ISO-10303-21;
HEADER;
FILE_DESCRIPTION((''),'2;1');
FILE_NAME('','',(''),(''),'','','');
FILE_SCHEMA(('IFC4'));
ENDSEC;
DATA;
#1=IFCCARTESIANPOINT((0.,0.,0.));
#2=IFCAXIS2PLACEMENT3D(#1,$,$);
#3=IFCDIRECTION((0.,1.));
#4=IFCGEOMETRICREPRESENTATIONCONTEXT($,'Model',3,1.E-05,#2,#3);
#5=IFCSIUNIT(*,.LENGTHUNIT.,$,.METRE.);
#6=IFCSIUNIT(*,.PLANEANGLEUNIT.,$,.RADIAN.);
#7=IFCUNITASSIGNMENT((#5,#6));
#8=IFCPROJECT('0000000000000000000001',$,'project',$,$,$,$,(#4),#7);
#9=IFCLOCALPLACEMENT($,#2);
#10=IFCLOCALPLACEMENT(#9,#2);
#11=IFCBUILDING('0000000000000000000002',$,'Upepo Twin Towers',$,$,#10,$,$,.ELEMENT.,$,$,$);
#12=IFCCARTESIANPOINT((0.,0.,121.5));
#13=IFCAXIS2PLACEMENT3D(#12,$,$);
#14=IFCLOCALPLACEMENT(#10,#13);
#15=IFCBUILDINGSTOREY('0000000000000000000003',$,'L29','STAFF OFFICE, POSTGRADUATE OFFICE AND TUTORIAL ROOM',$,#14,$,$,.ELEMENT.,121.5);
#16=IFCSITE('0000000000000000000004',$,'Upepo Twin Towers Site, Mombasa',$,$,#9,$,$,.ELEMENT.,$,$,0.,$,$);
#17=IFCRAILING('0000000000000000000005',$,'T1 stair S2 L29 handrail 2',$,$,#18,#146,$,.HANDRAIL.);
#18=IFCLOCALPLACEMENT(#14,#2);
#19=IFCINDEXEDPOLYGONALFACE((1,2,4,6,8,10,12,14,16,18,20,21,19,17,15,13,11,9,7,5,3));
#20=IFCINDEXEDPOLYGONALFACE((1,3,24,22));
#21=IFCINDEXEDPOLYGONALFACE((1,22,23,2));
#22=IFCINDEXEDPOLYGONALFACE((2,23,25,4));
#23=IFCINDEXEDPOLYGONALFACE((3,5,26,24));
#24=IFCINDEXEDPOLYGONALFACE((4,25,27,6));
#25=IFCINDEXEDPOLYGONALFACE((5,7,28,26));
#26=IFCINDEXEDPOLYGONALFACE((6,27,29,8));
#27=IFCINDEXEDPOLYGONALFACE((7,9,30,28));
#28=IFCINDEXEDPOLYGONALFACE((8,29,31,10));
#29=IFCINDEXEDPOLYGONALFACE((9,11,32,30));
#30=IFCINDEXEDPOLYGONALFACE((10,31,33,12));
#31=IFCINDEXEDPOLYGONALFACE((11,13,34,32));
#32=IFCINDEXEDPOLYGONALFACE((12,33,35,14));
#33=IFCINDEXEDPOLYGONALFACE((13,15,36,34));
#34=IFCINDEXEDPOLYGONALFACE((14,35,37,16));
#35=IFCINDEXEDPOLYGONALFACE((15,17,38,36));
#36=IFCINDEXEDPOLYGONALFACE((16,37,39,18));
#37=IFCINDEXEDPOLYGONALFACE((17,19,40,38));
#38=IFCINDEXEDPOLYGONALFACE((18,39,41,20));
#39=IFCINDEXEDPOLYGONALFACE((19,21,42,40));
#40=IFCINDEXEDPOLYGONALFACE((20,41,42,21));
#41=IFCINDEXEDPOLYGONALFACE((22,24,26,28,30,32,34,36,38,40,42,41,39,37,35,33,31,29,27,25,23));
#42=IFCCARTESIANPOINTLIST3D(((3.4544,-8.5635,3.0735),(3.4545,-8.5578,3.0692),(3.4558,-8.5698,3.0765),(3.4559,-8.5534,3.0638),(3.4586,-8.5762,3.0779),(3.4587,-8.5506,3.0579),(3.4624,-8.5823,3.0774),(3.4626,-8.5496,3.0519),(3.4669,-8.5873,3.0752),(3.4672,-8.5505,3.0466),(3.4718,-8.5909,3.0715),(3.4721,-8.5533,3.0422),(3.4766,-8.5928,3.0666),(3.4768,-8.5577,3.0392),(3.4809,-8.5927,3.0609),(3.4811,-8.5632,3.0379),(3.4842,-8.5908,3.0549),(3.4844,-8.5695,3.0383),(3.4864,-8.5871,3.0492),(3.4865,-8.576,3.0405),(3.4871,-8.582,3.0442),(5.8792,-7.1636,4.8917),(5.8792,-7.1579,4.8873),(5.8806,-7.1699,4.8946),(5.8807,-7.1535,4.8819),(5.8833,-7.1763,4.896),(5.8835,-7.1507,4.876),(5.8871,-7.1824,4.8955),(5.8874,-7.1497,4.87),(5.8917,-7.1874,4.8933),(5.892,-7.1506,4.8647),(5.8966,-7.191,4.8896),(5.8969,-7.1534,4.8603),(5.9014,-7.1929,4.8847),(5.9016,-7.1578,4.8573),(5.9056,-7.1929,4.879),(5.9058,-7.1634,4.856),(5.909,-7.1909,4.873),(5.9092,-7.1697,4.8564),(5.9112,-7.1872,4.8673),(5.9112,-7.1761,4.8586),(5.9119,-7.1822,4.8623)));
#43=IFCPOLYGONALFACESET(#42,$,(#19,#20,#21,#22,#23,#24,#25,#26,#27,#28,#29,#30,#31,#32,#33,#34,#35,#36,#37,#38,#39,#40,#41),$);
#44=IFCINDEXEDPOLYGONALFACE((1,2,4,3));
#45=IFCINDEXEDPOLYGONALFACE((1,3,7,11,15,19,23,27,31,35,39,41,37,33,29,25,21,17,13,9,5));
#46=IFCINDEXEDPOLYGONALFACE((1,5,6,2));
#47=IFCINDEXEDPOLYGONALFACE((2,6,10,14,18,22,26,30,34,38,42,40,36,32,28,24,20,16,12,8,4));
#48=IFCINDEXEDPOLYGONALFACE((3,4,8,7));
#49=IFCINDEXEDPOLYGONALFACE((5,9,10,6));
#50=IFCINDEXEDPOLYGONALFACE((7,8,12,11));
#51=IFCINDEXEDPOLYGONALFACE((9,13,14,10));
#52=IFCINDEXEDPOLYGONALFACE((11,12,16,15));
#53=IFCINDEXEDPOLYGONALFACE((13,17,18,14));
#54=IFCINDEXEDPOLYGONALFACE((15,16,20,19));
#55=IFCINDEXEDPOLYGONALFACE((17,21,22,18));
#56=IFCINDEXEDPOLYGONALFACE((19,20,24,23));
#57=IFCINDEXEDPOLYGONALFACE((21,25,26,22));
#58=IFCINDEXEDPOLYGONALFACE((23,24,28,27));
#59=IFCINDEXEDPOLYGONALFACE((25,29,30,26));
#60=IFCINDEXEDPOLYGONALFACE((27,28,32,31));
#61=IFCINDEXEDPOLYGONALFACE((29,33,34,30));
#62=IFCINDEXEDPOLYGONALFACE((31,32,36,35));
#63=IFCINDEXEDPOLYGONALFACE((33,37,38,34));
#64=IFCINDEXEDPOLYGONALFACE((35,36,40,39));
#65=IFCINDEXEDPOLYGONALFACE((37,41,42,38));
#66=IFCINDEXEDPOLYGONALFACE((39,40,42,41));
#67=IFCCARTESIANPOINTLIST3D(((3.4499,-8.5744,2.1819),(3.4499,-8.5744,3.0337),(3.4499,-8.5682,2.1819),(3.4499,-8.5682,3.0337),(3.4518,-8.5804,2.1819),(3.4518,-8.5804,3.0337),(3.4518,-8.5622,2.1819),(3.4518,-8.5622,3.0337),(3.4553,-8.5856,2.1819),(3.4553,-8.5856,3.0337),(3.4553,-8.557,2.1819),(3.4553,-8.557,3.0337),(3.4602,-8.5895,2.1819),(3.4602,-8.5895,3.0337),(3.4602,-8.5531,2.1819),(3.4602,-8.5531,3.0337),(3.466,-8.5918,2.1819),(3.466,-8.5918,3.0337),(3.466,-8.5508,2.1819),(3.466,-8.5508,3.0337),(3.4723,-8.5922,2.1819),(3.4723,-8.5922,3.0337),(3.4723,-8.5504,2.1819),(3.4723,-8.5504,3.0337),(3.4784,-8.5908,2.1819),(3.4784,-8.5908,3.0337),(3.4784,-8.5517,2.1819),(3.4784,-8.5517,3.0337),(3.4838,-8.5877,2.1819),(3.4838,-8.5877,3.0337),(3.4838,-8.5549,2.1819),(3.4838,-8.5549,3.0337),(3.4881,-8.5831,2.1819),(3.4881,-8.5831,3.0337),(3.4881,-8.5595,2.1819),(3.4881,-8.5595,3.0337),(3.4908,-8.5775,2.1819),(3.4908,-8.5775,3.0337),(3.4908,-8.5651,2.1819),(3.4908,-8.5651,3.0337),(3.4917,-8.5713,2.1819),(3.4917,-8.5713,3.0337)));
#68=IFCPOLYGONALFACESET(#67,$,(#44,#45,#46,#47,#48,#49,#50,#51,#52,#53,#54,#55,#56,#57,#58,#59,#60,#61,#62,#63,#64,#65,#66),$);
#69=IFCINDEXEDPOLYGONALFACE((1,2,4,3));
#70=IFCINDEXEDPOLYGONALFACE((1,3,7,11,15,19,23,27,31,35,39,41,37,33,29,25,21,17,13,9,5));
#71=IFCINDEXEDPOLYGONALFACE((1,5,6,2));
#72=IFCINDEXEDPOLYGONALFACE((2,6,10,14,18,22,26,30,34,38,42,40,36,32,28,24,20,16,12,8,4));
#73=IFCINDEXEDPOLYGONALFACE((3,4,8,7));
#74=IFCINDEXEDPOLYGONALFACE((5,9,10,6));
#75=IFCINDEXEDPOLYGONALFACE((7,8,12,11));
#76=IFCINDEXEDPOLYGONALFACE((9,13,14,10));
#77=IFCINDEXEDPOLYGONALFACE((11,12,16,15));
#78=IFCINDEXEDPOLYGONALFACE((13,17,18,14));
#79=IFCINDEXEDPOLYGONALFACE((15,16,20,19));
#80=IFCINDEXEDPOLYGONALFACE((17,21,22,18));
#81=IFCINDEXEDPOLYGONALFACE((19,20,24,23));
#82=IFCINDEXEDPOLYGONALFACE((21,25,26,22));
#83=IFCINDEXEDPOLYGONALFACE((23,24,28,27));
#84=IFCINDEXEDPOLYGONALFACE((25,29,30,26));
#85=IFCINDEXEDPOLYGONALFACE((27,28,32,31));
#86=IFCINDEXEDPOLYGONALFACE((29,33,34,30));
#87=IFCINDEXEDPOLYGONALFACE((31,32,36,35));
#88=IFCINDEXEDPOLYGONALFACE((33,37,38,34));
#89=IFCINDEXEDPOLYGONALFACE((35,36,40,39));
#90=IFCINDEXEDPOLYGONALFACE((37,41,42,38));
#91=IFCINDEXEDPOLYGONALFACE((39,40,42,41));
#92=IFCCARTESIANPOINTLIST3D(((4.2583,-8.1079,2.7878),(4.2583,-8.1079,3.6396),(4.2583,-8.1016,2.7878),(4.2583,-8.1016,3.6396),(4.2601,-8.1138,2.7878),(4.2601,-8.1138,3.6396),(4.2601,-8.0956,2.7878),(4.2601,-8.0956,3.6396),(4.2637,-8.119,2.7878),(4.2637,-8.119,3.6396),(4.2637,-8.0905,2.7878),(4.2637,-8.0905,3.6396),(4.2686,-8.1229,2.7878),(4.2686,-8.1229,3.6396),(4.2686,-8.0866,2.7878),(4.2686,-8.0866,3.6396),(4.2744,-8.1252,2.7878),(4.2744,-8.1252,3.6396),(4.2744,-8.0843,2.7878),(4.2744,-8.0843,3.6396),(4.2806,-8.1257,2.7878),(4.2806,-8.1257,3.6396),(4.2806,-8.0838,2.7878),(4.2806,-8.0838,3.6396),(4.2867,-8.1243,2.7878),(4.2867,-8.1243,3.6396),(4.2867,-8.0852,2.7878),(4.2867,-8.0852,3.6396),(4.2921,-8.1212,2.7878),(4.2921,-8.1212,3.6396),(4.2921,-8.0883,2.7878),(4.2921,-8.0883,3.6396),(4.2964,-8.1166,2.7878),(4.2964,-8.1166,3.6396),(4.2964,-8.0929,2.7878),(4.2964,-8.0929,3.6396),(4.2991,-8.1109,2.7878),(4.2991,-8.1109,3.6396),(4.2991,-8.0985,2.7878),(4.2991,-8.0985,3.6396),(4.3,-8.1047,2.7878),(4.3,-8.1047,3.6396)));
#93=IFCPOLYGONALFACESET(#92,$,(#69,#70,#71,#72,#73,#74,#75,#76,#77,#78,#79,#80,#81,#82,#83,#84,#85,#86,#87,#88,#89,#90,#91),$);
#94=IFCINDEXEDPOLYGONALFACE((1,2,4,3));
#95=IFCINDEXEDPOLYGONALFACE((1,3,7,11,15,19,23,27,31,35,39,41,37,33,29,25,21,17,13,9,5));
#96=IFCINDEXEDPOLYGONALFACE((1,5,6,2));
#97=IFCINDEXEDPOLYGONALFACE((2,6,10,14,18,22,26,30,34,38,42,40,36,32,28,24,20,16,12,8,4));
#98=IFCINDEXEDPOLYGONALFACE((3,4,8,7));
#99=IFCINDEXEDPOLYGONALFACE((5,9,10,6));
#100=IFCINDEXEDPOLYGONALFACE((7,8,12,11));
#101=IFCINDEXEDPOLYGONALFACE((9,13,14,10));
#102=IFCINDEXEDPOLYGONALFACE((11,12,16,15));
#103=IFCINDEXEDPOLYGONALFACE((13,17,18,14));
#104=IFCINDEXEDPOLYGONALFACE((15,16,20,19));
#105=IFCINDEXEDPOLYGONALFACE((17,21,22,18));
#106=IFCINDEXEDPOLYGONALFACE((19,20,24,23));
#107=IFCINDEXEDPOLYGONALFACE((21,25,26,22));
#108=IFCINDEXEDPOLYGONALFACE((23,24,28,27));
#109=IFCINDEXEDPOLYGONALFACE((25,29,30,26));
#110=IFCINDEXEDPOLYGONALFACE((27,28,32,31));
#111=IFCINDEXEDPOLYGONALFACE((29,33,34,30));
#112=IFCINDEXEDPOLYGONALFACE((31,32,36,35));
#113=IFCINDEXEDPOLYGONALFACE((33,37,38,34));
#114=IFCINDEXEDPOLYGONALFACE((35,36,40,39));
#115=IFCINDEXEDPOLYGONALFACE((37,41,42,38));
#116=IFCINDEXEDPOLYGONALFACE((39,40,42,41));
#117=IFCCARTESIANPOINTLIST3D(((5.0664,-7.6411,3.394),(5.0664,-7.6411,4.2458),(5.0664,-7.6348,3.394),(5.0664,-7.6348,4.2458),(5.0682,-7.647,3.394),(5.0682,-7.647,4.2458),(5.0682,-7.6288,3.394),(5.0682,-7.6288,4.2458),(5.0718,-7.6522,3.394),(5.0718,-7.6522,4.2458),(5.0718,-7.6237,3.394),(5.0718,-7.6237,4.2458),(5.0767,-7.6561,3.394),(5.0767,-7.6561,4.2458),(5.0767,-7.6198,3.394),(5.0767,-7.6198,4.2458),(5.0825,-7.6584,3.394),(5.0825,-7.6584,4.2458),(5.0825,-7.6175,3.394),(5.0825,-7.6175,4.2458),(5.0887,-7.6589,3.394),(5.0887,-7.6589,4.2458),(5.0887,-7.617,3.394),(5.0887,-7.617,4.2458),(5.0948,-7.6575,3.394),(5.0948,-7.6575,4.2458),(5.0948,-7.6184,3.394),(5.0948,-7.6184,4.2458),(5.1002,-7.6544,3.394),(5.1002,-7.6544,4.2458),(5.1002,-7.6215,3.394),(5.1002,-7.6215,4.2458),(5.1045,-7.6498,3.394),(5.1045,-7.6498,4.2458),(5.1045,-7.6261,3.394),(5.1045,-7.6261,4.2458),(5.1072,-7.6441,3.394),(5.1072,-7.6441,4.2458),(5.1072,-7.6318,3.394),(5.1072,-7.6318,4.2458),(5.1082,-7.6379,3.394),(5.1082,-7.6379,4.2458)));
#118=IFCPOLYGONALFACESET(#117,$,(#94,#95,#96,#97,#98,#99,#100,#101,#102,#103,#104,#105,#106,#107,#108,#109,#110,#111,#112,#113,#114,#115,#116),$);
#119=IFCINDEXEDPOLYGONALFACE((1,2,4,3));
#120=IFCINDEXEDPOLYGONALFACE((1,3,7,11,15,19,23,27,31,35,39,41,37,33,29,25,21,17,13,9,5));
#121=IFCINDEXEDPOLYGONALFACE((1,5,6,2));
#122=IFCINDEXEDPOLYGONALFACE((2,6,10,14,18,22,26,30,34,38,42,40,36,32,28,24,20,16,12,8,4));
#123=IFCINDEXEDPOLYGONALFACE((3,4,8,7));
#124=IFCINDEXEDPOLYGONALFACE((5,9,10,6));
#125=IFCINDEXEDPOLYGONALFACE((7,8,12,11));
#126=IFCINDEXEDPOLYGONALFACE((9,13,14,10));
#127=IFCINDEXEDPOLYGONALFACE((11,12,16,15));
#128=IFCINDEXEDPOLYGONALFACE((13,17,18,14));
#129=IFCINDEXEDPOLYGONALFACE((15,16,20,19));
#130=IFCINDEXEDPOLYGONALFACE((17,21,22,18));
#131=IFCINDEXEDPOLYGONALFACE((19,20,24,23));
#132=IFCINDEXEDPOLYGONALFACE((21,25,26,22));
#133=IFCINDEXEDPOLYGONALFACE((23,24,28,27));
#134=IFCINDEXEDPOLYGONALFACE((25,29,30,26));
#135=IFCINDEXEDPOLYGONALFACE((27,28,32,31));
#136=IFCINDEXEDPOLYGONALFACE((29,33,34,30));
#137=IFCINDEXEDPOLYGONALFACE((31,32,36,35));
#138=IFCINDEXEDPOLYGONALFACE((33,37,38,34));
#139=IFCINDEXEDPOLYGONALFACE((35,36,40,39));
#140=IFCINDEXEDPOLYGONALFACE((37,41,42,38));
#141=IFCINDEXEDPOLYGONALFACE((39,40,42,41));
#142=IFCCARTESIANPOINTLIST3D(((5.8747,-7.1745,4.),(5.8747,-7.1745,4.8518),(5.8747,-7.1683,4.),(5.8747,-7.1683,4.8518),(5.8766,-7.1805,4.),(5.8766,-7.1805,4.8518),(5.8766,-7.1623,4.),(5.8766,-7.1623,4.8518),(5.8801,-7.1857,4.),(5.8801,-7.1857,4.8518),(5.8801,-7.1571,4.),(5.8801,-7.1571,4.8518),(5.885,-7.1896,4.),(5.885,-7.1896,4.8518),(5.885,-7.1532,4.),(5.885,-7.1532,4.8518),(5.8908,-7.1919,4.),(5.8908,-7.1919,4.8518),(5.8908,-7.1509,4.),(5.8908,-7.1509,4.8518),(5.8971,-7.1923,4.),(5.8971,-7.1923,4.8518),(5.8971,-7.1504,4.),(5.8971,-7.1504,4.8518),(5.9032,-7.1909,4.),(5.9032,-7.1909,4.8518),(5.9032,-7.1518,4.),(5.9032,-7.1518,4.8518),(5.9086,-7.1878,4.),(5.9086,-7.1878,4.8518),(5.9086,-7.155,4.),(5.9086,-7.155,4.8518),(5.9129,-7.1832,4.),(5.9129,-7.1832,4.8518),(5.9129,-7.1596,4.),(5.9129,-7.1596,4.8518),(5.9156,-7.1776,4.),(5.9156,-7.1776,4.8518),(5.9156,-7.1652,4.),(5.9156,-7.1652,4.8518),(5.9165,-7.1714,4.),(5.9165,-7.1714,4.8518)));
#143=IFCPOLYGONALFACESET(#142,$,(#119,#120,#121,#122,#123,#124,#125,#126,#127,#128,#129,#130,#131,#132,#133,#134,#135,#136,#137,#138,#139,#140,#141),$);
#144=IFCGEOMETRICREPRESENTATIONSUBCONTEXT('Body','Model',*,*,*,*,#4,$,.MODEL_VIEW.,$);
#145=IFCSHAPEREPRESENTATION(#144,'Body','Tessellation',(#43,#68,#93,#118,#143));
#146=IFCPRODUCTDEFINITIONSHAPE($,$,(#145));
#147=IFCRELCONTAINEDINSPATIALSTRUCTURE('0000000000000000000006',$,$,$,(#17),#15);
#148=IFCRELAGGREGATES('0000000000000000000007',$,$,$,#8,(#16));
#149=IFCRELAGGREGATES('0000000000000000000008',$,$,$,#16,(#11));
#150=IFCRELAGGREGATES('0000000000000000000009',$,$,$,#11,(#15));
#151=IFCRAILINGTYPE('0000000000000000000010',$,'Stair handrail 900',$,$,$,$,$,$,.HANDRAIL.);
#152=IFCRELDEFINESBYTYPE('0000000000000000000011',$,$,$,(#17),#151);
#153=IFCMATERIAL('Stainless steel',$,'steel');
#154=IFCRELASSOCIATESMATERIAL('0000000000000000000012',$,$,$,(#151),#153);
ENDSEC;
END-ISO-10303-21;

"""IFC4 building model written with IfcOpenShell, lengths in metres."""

from ifc_helpers import new_model, si_unit, direction, frame, origin, origin_2d, place, context, subcontext, project, spatial, circle, extrude, material, type_object, element, save


model = new_model("IFC4")

# Units and contexts
model_context = context("Model", 3, precision=1e-05, world=origin(), true_north=direction((0.0, 1.0)))
body_context = subcontext(model_context, "Body", "Model", "MODEL_VIEW")
ifc_project = project(units=[si_unit("LENGTHUNIT", "METRE"), si_unit("PLANEANGLEUNIT", "RADIAN")], contexts=[model_context])

# Site, building, storey
site_placement = place(None, origin())
site = spatial("IfcSite", under=ifc_project, at=site_placement, Name="Upepo Twin Towers Site, Mombasa", CompositionType="ELEMENT", RefElevation=0.0)
building_placement = place(site_placement, origin())
building = spatial("IfcBuilding", under=site, at=building_placement, Name="Upepo Twin Towers", CompositionType="ELEMENT")
storey_placement = place(building_placement, frame((0.0, 0.0, 121.5)))
storey = spatial("IfcBuildingStorey", under=building, at=storey_placement, Name="L29", Description="STAFF OFFICE, POSTGRADUATE OFFICE AND TUTORIAL ROOM", CompositionType="ELEMENT", Elevation=121.5)

# Railing
ifc_material_1 = material(Name="Stainless steel", Category="steel")
railing_type = type_object("IfcRailingType", Name="Stair handrail 900", PredefinedType="HANDRAIL", material=ifc_material_1)
railing_1_placement = place(storey_placement, frame((3.4707, -8.5713, 2.1819)))
element("IfcRailing", 1, at=railing_1_placement, inside=storey, type_object=railing_type, Name="T1 stair S2 L29 handrail 2", PredefinedType="HANDRAIL", context=body_context, shape_type="SweptSolid", body=[
    extrude(circle(Radius=0.0239, at=origin_2d()), frame((0.0, 0.0, 0.876), z_axis=(0.726336, 0.419333, 0.544606), x_axis=(-0.499984, 0.866035, 0.0)), (0.0, 0.0, 1.0), 3.3384),
    extrude(circle(Radius=0.021, at=origin_2d()), origin(), (0.0, 0.0, 1.0), 0.8518),
    extrude(circle(Radius=0.021, at=origin_2d()), frame((0.8083, 0.4666, 0.606)), (0.0, 0.0, 1.0), 0.8518),
    extrude(circle(Radius=0.021, at=origin_2d()), frame((1.6165, 0.9333, 1.2122)), (0.0, 0.0, 1.0), 0.8518),
    extrude(circle(Radius=0.021, at=origin_2d()), frame((2.4248, 1.3999, 1.8181)), (0.0, 0.0, 1.0), 0.8518),
])

save(model, "model.ifc")
